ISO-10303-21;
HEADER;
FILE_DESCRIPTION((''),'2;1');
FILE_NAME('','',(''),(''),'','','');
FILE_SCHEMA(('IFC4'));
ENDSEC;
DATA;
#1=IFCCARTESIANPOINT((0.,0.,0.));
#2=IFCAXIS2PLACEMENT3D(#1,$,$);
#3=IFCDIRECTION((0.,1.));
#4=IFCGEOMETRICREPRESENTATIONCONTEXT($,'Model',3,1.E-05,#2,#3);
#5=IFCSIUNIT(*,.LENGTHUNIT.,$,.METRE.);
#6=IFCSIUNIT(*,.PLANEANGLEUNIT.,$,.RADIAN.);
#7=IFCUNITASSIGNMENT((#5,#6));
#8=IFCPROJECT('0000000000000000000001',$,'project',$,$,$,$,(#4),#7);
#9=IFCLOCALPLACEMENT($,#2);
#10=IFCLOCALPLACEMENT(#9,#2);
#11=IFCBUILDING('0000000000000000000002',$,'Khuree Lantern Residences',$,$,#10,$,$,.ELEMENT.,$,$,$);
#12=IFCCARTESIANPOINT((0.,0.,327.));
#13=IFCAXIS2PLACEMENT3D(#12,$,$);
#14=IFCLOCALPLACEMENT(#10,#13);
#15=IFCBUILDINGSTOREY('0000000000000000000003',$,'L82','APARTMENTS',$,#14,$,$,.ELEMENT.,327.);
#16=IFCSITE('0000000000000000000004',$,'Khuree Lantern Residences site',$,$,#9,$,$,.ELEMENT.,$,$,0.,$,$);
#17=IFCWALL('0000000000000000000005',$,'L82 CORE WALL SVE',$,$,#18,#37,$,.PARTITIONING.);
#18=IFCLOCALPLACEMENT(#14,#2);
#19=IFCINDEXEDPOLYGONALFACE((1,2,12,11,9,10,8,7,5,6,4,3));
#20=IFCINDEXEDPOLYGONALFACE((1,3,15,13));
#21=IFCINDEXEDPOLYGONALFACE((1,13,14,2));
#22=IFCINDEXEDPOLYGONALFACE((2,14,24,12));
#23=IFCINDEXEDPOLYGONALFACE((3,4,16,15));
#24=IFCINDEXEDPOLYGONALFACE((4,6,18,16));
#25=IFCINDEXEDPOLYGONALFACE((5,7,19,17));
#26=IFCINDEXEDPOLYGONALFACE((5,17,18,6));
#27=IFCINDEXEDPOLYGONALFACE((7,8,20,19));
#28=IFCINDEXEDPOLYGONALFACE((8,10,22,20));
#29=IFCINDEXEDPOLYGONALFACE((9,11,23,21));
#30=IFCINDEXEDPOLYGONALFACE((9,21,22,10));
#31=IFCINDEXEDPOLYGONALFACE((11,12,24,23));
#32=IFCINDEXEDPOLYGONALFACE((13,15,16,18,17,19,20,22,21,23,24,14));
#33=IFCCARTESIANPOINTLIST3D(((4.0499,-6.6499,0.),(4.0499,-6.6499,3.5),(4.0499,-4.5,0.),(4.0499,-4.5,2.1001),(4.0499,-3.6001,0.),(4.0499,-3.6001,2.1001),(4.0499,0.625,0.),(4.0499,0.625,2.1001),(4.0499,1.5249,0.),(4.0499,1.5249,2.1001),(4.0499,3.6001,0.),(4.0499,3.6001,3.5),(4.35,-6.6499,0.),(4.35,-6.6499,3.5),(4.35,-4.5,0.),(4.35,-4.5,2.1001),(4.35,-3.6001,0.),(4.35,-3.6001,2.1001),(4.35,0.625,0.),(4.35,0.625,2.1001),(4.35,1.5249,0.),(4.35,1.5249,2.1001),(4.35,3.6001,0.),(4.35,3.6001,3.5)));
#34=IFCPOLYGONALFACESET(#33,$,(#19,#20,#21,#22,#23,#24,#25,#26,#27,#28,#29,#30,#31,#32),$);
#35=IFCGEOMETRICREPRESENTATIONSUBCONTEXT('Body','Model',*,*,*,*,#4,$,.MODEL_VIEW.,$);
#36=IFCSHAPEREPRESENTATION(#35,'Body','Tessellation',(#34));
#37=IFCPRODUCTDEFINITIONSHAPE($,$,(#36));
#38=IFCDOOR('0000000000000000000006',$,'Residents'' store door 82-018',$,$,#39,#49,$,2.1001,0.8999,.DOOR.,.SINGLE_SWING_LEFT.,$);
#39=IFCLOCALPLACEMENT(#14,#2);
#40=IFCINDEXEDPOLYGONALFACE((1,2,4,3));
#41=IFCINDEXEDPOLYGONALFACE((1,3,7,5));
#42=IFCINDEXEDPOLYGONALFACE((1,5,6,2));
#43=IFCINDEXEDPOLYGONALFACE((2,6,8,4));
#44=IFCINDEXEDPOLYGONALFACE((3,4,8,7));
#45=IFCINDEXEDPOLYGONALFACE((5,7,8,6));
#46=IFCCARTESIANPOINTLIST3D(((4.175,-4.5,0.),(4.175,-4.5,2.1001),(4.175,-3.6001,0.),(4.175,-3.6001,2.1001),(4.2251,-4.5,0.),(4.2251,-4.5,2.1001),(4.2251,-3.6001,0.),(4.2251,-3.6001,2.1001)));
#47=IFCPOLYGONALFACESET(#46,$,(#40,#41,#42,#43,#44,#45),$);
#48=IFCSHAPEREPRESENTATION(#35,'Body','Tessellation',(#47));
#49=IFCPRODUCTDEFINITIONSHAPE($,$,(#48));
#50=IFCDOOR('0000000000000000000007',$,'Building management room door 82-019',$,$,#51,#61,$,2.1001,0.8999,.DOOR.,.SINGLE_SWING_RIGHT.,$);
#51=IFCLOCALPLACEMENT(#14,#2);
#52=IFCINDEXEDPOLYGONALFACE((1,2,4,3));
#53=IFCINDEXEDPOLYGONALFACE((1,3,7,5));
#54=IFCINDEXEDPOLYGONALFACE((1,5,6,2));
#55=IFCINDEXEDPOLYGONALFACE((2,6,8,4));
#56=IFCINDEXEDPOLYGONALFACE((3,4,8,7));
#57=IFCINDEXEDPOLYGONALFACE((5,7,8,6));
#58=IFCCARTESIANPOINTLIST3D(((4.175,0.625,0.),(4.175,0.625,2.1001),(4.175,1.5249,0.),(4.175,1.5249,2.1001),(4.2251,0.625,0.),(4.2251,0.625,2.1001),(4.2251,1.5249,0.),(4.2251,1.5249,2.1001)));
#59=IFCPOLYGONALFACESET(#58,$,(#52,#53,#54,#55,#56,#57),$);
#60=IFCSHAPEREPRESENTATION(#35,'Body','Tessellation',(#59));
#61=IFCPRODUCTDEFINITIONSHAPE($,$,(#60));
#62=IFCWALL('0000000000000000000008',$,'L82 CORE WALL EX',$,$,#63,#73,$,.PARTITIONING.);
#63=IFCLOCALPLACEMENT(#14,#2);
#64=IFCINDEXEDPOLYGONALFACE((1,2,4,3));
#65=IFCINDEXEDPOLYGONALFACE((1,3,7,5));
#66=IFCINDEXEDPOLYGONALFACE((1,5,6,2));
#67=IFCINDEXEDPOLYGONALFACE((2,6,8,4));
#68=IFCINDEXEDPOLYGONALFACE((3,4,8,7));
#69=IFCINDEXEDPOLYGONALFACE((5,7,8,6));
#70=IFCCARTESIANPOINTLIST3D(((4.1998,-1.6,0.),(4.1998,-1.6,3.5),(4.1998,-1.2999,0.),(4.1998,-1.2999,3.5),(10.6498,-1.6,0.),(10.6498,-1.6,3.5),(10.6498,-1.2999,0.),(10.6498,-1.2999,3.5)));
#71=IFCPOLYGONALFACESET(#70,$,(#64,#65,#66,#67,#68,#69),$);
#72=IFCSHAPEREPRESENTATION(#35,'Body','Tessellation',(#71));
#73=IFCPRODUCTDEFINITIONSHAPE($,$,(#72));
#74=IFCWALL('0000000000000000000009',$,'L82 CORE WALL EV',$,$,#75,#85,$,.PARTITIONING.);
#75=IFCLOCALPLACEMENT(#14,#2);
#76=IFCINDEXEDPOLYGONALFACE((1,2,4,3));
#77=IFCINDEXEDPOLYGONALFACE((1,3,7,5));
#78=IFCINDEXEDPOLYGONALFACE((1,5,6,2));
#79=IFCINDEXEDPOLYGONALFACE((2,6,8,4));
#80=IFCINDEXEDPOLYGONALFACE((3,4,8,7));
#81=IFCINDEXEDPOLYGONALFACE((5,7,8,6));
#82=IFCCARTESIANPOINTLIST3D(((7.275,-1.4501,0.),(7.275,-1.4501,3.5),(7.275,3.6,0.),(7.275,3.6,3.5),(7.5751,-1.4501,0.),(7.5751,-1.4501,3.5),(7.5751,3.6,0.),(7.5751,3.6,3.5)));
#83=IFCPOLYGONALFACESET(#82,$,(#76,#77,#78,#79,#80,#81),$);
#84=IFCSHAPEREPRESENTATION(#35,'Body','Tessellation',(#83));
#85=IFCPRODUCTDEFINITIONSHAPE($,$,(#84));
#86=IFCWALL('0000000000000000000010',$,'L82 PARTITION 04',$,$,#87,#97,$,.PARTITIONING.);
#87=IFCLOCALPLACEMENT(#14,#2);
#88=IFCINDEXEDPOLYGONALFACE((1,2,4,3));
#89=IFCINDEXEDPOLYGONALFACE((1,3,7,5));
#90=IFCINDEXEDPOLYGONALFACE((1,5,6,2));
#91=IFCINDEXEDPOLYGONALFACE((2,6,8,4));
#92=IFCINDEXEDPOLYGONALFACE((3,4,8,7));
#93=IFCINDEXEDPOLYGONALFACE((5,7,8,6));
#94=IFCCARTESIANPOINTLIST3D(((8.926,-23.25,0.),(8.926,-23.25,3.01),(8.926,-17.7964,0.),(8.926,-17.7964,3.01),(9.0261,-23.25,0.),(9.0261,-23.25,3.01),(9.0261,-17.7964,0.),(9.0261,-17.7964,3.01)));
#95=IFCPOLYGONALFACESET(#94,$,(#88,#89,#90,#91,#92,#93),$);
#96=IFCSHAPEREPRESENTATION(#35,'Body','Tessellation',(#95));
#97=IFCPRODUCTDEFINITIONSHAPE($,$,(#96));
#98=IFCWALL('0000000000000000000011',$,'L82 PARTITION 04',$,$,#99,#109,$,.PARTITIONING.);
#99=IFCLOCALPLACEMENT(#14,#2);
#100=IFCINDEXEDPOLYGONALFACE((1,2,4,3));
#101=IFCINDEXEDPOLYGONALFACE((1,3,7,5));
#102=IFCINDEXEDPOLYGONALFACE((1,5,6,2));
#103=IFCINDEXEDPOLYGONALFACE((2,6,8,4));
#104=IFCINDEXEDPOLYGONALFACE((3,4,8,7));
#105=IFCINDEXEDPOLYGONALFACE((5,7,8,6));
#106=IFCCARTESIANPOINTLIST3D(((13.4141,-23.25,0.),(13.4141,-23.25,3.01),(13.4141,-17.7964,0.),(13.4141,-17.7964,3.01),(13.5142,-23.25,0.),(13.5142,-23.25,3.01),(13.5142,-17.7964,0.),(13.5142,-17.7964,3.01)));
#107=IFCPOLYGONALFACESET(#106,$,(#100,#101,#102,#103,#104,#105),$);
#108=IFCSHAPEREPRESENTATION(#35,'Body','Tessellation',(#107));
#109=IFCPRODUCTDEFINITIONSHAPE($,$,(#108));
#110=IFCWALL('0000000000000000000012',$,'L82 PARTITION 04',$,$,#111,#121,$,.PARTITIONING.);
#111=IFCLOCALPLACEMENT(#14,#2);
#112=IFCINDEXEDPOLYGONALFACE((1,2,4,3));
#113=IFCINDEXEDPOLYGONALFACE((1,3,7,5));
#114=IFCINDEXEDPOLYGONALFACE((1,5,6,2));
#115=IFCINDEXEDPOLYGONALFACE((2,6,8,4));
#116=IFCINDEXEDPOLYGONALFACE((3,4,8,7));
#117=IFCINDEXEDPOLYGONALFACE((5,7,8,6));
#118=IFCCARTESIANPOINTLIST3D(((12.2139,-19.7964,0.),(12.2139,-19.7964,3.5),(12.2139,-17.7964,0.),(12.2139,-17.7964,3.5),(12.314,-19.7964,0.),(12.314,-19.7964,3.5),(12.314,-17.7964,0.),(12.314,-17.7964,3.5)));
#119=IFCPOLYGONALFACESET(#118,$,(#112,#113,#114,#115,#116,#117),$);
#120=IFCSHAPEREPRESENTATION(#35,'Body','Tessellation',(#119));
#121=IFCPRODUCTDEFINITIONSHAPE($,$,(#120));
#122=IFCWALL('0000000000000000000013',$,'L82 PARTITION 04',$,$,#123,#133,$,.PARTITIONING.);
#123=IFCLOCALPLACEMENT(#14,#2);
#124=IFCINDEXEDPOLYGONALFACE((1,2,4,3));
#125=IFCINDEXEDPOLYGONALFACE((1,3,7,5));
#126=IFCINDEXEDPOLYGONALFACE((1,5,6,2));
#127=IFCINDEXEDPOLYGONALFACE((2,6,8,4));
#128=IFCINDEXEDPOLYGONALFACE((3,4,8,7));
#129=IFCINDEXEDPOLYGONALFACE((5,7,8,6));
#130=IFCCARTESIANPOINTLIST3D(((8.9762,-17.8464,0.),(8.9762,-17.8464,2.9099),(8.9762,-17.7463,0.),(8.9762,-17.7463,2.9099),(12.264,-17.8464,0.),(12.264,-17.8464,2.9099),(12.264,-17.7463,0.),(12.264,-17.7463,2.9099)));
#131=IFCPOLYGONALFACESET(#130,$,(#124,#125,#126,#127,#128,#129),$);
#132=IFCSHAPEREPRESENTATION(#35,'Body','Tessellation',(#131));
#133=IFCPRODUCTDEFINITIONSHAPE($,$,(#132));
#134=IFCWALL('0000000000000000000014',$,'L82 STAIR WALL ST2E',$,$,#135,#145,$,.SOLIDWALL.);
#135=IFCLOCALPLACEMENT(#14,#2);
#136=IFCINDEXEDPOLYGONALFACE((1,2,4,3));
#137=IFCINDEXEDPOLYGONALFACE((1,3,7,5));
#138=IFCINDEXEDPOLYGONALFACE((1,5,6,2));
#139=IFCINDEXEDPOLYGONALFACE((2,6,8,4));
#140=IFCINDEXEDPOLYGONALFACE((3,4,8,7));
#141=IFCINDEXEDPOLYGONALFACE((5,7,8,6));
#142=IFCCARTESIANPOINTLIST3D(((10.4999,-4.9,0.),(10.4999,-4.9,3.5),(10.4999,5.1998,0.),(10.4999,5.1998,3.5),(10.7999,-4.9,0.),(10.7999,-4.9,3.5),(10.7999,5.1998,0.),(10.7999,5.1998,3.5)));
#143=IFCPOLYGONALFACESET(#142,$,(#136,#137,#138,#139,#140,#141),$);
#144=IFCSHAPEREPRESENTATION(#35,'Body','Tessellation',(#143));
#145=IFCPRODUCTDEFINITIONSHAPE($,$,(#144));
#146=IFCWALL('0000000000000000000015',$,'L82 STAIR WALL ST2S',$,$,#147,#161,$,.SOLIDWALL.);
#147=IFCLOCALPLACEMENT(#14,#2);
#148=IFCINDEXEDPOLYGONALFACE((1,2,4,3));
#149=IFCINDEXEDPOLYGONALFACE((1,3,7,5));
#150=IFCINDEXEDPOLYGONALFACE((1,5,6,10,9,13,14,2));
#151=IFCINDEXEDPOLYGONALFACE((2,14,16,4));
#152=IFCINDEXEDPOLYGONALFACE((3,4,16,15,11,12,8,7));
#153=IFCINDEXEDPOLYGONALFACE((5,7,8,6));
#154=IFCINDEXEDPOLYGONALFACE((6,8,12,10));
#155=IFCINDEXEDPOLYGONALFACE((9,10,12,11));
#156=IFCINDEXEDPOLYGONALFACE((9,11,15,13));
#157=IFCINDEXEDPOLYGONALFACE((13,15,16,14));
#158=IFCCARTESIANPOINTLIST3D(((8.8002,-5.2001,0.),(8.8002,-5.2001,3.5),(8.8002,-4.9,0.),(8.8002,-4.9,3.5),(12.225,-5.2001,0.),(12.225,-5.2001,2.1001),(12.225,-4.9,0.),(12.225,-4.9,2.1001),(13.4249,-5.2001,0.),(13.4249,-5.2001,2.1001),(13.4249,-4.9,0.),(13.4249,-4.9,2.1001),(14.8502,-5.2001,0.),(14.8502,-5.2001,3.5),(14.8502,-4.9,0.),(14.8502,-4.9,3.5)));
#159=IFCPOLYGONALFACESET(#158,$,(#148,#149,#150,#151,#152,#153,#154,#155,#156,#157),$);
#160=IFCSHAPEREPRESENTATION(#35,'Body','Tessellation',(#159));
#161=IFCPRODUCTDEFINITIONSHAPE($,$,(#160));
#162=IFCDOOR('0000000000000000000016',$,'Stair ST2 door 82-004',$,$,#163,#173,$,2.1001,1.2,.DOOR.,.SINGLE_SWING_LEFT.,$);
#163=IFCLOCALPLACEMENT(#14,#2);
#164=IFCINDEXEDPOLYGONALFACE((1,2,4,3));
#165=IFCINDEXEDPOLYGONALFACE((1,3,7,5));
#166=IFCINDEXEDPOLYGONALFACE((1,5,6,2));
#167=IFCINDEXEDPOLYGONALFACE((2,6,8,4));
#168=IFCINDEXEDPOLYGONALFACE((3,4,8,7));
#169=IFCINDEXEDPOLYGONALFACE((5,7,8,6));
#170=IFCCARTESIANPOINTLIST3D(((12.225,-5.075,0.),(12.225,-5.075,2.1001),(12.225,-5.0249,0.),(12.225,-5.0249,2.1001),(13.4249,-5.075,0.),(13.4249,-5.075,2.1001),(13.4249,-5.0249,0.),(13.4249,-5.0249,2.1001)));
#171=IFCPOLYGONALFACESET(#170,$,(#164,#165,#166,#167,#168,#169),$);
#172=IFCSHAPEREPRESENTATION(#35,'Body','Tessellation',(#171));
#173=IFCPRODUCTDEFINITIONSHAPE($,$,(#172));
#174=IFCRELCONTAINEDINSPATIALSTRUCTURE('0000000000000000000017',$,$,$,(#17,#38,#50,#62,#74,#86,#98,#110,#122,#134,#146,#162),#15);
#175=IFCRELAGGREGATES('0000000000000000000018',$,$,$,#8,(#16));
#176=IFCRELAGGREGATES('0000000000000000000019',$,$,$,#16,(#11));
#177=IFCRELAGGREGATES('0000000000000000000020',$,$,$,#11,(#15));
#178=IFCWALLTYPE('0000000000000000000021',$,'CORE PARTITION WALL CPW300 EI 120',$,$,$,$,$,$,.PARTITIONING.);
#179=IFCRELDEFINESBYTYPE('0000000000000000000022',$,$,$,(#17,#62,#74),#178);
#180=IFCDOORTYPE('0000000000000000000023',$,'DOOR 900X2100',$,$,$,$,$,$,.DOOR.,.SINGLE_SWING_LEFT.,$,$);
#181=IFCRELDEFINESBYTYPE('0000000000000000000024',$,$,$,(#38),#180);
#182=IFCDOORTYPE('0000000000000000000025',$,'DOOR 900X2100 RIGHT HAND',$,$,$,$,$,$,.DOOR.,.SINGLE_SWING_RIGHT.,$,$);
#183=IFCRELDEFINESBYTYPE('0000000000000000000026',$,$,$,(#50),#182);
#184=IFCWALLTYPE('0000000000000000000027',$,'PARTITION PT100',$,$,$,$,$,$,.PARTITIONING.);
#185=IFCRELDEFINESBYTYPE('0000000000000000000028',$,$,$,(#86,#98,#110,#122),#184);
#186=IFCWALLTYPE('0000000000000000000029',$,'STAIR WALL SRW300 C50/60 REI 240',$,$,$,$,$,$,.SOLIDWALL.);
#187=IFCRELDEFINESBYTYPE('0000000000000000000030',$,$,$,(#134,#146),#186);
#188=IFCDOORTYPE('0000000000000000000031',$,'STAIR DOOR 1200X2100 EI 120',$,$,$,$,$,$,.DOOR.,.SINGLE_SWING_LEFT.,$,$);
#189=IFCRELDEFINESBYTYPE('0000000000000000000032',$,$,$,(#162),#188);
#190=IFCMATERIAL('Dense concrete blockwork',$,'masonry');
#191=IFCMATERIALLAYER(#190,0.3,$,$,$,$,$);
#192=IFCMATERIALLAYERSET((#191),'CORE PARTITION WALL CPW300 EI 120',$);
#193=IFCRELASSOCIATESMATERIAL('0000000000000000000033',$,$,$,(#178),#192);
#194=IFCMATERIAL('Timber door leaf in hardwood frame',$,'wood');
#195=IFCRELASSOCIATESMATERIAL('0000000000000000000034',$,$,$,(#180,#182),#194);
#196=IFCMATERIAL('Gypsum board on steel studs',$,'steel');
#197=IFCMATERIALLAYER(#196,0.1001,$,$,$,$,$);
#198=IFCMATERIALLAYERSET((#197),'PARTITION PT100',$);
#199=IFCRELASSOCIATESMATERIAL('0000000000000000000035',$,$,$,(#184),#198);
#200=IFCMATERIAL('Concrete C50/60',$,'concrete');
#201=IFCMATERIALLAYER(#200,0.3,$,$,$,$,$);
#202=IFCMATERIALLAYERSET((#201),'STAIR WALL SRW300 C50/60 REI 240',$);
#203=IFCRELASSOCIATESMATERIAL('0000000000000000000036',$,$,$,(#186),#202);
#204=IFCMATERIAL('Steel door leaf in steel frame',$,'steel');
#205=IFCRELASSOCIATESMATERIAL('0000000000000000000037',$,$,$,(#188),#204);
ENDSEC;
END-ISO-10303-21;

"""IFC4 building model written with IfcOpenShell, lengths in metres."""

from ifc_helpers import new_model, si_unit, direction, frame, frame_2d, origin, place, context, subcontext, project, spatial, rectangle, extrude, material, layer, layer_set, type_object, element, fill, save


model = new_model("IFC4")

# Units and contexts
model_context = context("Model", 3, precision=1e-05, world=origin(), true_north=direction((0.0, 1.0)))
body_context = subcontext(model_context, "Body", "Model", "MODEL_VIEW")
ifc_project = project(units=[si_unit("LENGTHUNIT", "METRE"), si_unit("PLANEANGLEUNIT", "RADIAN")], contexts=[model_context])

# Site, building, storey
site_placement = place(None, origin())
site = spatial("IfcSite", under=ifc_project, at=site_placement, Name="Khuree Lantern Residences site", CompositionType="ELEMENT", RefElevation=0.0)
building_placement = place(site_placement, origin())
building = spatial("IfcBuilding", under=site, at=building_placement, Name="Khuree Lantern Residences", CompositionType="ELEMENT")
storey_placement = place(building_placement, frame((0.0, 0.0, 327.0)))
storey = spatial("IfcBuildingStorey", under=building, at=storey_placement, Name="L82", Description="APARTMENTS", CompositionType="ELEMENT", Elevation=327.0)

# Shared definitions
ifc_material_1 = material(Name="Dense concrete blockwork", Category="masonry")
ifc_layer_1 = layer(ifc_material_1, 0.3)
ifc_layer_set_1 = layer_set([ifc_layer_1], Name="CORE PARTITION WALL CPW300 EI 120")
wall_type_1 = type_object("IfcWallType", Name="CORE PARTITION WALL CPW300 EI 120", PredefinedType="PARTITIONING", material=ifc_layer_set_1)

# Wall, openings, doors
wall_1_placement = place(storey_placement, frame((4.2, -6.6499, 0.0), z_axis=(0.0, 0.0, 1.0), x_axis=(0.0, 1.0, 0.0)))
wall_1 = element("IfcWall", 1, at=wall_1_placement, inside=storey, type_object=wall_type_1, Name="L82 CORE WALL SVE", PredefinedType="PARTITIONING", context=body_context, shape_type="SweptSolid", body=[
    extrude(rectangle(XDim=10.25, YDim=0.3, at=frame_2d((5.125, 0.0))), origin(), (0.0, 0.0, 1.0), 3.5),
])
opening_1_placement = place(wall_1_placement, frame((2.1499, 0.0, 0.0)))
opening_1 = element("IfcOpeningElement", 2, at=opening_1_placement, cuts=wall_1, PredefinedType="OPENING", context=body_context, shape_type="SweptSolid", body=[
    extrude(rectangle(XDim=0.8999, YDim=2.1001, at=frame_2d((0.45, 1.05))), frame((0.0, 0.1602, 0.0), z_axis=(0.0, -1.0, 0.0), x_axis=(1.0, 0.0, 0.0)), (0.0, 0.0, 1.0), 0.3201),
])
opening_2_placement = place(wall_1_placement, frame((7.2749, 0.0, 0.0)))
opening_2 = element("IfcOpeningElement", 3, at=opening_2_placement, cuts=wall_1, PredefinedType="OPENING", context=body_context, shape_type="SweptSolid", body=[
    extrude(rectangle(XDim=0.8999, YDim=2.1001, at=frame_2d((0.45, 1.05))), frame((0.0, 0.1602, 0.0), z_axis=(0.0, -1.0, 0.0), x_axis=(1.0, 0.0, 0.0)), (0.0, 0.0, 1.0), 0.3201),
])
ifc_material_2 = material(Name="Timber door leaf in hardwood frame", Category="wood")
door_type_1 = type_object("IfcDoorType", Name="DOOR 900X2100", OperationType="SINGLE_SWING_LEFT", PredefinedType="DOOR", material=ifc_material_2)
door_1_placement = place(opening_1_placement, origin())
door_1 = element("IfcDoor", 4, at=door_1_placement, inside=storey, type_object=door_type_1, Name="Residents' store door 82-018", OperationType="SINGLE_SWING_LEFT", OverallHeight=2.1001, OverallWidth=0.8999, PredefinedType="DOOR", context=body_context, shape_type="SweptSolid", body=[
    extrude(rectangle(XDim=0.8999, YDim=2.1001, at=frame_2d((0.45, 1.05))), frame((0.0, 0.0249, 0.0), z_axis=(0.0, -1.0, 0.0), x_axis=(1.0, 0.0, 0.0)), (0.0, 0.0, 1.0), 0.05),
])
fill(opening_1, door_1)
door_type_2 = type_object("IfcDoorType", Name="DOOR 900X2100 RIGHT HAND", OperationType="SINGLE_SWING_RIGHT", PredefinedType="DOOR", material=ifc_material_2)
door_2_placement = place(opening_2_placement, origin())
door_2 = element("IfcDoor", 5, at=door_2_placement, inside=storey, type_object=door_type_2, Name="Building management room door 82-019", OperationType="SINGLE_SWING_RIGHT", OverallHeight=2.1001, OverallWidth=0.8999, PredefinedType="DOOR", context=body_context, shape_type="SweptSolid", body=[
    extrude(rectangle(XDim=0.8999, YDim=2.1001, at=frame_2d((0.45, 1.05))), frame((0.0, 0.0249, 0.0), z_axis=(0.0, -1.0, 0.0), x_axis=(1.0, 0.0, 0.0)), (0.0, 0.0, 1.0), 0.05),
])
fill(opening_2, door_2)

# Walls
wall_2_placement = place(storey_placement, frame((10.6499, -1.45, 0.0), z_axis=(0.0, 0.0, 1.0), x_axis=(-1.0, 0.0, 0.0)))
element("IfcWall", 6, at=wall_2_placement, inside=storey, type_object=wall_type_1, Name="L82 CORE WALL EX", PredefinedType="PARTITIONING", context=body_context, shape_type="SweptSolid", body=[
    extrude(rectangle(XDim=6.45, YDim=0.3, at=frame_2d((3.2251, 0.0))), origin(), (0.0, 0.0, 1.0), 3.5),
])
wall_3_placement = place(storey_placement, frame((7.425, -1.45, 0.0), z_axis=(0.0, 0.0, 1.0), x_axis=(0.0, 1.0, 0.0)))
element("IfcWall", 7, at=wall_3_placement, inside=storey, type_object=wall_type_1, Name="L82 CORE WALL EV", PredefinedType="PARTITIONING", context=body_context, shape_type="SweptSolid", body=[
    extrude(rectangle(XDim=5.05, YDim=0.3, at=frame_2d((2.5249, 0.0))), origin(), (0.0, 0.0, 1.0), 3.5),
])
ifc_material_3 = material(Name="Gypsum board on steel studs", Category="steel")
ifc_layer_2 = layer(ifc_material_3, 0.1001)
ifc_layer_set_2 = layer_set([ifc_layer_2], Name="PARTITION PT100")
wall_type_2 = type_object("IfcWallType", Name="PARTITION PT100", PredefinedType="PARTITIONING", material=ifc_layer_set_2)
for number, where, z_axis, x_axis, name in (
    (8, (8.9761, -17.7964, 0.0), (0.0, 0.0, 1.0), (0.0, -1.0, 0.0), "L82 PARTITION 04"),
    (9, (13.4641, -17.7964, 0.0), (0.0, 0.0, 1.0), (0.0, -1.0, 0.0), "L82 PARTITION 04"),
):
    element("IfcWall", number, at=place(storey_placement, frame(where, z_axis=z_axis, x_axis=x_axis)), inside=storey, type_object=wall_type_2, Name=name, PredefinedType="PARTITIONING", context=body_context, shape_type="SweptSolid", body=[
        extrude(rectangle(XDim=5.4536, YDim=0.1001, at=frame_2d((2.7268, 0.0))), origin(), (0.0, 0.0, 1.0), 3.01),
    ])
wall_4_placement = place(storey_placement, frame((12.2639, -17.7964, 0.0), z_axis=(0.0, 0.0, 1.0), x_axis=(0.0, -1.0, 0.0)))
element("IfcWall", 10, at=wall_4_placement, inside=storey, type_object=wall_type_2, Name="L82 PARTITION 04", PredefinedType="PARTITIONING", context=body_context, shape_type="SweptSolid", body=[
    extrude(rectangle(XDim=2.0, YDim=0.1001, at=frame_2d((1.0, 0.0))), origin(), (0.0, 0.0, 1.0), 3.5),
])
wall_5_placement = place(storey_placement, frame((8.9761, -17.7964, 0.0), z_axis=(0.0, 0.0, 1.0), x_axis=(1.0, 0.0, 0.0)))
element("IfcWall", 11, at=wall_5_placement, inside=storey, type_object=wall_type_2, Name="L82 PARTITION 04", PredefinedType="PARTITIONING", context=body_context, shape_type="SweptSolid", body=[
    extrude(rectangle(XDim=3.2878, YDim=0.1001, at=frame_2d((1.644, 0.0))), origin(), (0.0, 0.0, 1.0), 2.9099),
])
ifc_material_4 = material(Name="Concrete C50/60", Category="concrete")
ifc_layer_3 = layer(ifc_material_4, 0.3)
ifc_layer_set_3 = layer_set([ifc_layer_3], Name="STAIR WALL SRW300 C50/60 REI 240")
wall_type_3 = type_object("IfcWallType", Name="STAIR WALL SRW300 C50/60 REI 240", PredefinedType="SOLIDWALL", material=ifc_layer_set_3)
wall_6_placement = place(storey_placement, frame((10.6499, -4.8999, 0.0), z_axis=(0.0, 0.0, 1.0), x_axis=(0.0, 1.0, 0.0)))
element("IfcWall", 12, at=wall_6_placement, inside=storey, type_object=wall_type_3, Name="L82 STAIR WALL ST2E", PredefinedType="SOLIDWALL", context=body_context, shape_type="SweptSolid", body=[
    extrude(rectangle(XDim=10.0999, YDim=0.3, at=frame_2d((5.0498, 0.0))), origin(), (0.0, 0.0, 1.0), 3.5),
])

# Wall, opening, door
wall_7_placement = place(storey_placement, frame((14.8501, -5.05, 0.0), z_axis=(0.0, 0.0, 1.0), x_axis=(-1.0, 0.0, 0.0)))
wall_7 = element("IfcWall", 13, at=wall_7_placement, inside=storey, type_object=wall_type_3, Name="L82 STAIR WALL ST2S", PredefinedType="SOLIDWALL", context=body_context, shape_type="SweptSolid", body=[
    extrude(rectangle(XDim=6.05, YDim=0.3, at=frame_2d((3.0249, 0.0))), origin(), (0.0, 0.0, 1.0), 3.5),
])
opening_3_placement = place(wall_7_placement, frame((1.425, 0.0, 0.0)))
opening_3 = element("IfcOpeningElement", 14, at=opening_3_placement, cuts=wall_7, PredefinedType="OPENING", context=body_context, shape_type="SweptSolid", body=[
    extrude(rectangle(XDim=1.2, YDim=2.1001, at=frame_2d((0.6001, 1.05))), frame((0.0, 0.1602, 0.0), z_axis=(0.0, -1.0, 0.0), x_axis=(1.0, 0.0, 0.0)), (0.0, 0.0, 1.0), 0.3201),
])
ifc_material_5 = material(Name="Steel door leaf in steel frame", Category="steel")
door_type_3 = type_object("IfcDoorType", Name="STAIR DOOR 1200X2100 EI 120", OperationType="SINGLE_SWING_LEFT", PredefinedType="DOOR", material=ifc_material_5)
door_3_placement = place(opening_3_placement, origin())
door_3 = element("IfcDoor", 15, at=door_3_placement, inside=storey, type_object=door_type_3, Name="Stair ST2 door 82-004", OperationType="SINGLE_SWING_LEFT", OverallHeight=2.1001, OverallWidth=1.2, PredefinedType="DOOR", context=body_context, shape_type="SweptSolid", body=[
    extrude(rectangle(XDim=1.2, YDim=2.1001, at=frame_2d((0.6001, 1.05))), frame((0.0, 0.0249, 0.0), z_axis=(0.0, -1.0, 0.0), x_axis=(1.0, 0.0, 0.0)), (0.0, 0.0, 1.0), 0.05),
])
fill(opening_3, door_3)

save(model, "model.ifc")
